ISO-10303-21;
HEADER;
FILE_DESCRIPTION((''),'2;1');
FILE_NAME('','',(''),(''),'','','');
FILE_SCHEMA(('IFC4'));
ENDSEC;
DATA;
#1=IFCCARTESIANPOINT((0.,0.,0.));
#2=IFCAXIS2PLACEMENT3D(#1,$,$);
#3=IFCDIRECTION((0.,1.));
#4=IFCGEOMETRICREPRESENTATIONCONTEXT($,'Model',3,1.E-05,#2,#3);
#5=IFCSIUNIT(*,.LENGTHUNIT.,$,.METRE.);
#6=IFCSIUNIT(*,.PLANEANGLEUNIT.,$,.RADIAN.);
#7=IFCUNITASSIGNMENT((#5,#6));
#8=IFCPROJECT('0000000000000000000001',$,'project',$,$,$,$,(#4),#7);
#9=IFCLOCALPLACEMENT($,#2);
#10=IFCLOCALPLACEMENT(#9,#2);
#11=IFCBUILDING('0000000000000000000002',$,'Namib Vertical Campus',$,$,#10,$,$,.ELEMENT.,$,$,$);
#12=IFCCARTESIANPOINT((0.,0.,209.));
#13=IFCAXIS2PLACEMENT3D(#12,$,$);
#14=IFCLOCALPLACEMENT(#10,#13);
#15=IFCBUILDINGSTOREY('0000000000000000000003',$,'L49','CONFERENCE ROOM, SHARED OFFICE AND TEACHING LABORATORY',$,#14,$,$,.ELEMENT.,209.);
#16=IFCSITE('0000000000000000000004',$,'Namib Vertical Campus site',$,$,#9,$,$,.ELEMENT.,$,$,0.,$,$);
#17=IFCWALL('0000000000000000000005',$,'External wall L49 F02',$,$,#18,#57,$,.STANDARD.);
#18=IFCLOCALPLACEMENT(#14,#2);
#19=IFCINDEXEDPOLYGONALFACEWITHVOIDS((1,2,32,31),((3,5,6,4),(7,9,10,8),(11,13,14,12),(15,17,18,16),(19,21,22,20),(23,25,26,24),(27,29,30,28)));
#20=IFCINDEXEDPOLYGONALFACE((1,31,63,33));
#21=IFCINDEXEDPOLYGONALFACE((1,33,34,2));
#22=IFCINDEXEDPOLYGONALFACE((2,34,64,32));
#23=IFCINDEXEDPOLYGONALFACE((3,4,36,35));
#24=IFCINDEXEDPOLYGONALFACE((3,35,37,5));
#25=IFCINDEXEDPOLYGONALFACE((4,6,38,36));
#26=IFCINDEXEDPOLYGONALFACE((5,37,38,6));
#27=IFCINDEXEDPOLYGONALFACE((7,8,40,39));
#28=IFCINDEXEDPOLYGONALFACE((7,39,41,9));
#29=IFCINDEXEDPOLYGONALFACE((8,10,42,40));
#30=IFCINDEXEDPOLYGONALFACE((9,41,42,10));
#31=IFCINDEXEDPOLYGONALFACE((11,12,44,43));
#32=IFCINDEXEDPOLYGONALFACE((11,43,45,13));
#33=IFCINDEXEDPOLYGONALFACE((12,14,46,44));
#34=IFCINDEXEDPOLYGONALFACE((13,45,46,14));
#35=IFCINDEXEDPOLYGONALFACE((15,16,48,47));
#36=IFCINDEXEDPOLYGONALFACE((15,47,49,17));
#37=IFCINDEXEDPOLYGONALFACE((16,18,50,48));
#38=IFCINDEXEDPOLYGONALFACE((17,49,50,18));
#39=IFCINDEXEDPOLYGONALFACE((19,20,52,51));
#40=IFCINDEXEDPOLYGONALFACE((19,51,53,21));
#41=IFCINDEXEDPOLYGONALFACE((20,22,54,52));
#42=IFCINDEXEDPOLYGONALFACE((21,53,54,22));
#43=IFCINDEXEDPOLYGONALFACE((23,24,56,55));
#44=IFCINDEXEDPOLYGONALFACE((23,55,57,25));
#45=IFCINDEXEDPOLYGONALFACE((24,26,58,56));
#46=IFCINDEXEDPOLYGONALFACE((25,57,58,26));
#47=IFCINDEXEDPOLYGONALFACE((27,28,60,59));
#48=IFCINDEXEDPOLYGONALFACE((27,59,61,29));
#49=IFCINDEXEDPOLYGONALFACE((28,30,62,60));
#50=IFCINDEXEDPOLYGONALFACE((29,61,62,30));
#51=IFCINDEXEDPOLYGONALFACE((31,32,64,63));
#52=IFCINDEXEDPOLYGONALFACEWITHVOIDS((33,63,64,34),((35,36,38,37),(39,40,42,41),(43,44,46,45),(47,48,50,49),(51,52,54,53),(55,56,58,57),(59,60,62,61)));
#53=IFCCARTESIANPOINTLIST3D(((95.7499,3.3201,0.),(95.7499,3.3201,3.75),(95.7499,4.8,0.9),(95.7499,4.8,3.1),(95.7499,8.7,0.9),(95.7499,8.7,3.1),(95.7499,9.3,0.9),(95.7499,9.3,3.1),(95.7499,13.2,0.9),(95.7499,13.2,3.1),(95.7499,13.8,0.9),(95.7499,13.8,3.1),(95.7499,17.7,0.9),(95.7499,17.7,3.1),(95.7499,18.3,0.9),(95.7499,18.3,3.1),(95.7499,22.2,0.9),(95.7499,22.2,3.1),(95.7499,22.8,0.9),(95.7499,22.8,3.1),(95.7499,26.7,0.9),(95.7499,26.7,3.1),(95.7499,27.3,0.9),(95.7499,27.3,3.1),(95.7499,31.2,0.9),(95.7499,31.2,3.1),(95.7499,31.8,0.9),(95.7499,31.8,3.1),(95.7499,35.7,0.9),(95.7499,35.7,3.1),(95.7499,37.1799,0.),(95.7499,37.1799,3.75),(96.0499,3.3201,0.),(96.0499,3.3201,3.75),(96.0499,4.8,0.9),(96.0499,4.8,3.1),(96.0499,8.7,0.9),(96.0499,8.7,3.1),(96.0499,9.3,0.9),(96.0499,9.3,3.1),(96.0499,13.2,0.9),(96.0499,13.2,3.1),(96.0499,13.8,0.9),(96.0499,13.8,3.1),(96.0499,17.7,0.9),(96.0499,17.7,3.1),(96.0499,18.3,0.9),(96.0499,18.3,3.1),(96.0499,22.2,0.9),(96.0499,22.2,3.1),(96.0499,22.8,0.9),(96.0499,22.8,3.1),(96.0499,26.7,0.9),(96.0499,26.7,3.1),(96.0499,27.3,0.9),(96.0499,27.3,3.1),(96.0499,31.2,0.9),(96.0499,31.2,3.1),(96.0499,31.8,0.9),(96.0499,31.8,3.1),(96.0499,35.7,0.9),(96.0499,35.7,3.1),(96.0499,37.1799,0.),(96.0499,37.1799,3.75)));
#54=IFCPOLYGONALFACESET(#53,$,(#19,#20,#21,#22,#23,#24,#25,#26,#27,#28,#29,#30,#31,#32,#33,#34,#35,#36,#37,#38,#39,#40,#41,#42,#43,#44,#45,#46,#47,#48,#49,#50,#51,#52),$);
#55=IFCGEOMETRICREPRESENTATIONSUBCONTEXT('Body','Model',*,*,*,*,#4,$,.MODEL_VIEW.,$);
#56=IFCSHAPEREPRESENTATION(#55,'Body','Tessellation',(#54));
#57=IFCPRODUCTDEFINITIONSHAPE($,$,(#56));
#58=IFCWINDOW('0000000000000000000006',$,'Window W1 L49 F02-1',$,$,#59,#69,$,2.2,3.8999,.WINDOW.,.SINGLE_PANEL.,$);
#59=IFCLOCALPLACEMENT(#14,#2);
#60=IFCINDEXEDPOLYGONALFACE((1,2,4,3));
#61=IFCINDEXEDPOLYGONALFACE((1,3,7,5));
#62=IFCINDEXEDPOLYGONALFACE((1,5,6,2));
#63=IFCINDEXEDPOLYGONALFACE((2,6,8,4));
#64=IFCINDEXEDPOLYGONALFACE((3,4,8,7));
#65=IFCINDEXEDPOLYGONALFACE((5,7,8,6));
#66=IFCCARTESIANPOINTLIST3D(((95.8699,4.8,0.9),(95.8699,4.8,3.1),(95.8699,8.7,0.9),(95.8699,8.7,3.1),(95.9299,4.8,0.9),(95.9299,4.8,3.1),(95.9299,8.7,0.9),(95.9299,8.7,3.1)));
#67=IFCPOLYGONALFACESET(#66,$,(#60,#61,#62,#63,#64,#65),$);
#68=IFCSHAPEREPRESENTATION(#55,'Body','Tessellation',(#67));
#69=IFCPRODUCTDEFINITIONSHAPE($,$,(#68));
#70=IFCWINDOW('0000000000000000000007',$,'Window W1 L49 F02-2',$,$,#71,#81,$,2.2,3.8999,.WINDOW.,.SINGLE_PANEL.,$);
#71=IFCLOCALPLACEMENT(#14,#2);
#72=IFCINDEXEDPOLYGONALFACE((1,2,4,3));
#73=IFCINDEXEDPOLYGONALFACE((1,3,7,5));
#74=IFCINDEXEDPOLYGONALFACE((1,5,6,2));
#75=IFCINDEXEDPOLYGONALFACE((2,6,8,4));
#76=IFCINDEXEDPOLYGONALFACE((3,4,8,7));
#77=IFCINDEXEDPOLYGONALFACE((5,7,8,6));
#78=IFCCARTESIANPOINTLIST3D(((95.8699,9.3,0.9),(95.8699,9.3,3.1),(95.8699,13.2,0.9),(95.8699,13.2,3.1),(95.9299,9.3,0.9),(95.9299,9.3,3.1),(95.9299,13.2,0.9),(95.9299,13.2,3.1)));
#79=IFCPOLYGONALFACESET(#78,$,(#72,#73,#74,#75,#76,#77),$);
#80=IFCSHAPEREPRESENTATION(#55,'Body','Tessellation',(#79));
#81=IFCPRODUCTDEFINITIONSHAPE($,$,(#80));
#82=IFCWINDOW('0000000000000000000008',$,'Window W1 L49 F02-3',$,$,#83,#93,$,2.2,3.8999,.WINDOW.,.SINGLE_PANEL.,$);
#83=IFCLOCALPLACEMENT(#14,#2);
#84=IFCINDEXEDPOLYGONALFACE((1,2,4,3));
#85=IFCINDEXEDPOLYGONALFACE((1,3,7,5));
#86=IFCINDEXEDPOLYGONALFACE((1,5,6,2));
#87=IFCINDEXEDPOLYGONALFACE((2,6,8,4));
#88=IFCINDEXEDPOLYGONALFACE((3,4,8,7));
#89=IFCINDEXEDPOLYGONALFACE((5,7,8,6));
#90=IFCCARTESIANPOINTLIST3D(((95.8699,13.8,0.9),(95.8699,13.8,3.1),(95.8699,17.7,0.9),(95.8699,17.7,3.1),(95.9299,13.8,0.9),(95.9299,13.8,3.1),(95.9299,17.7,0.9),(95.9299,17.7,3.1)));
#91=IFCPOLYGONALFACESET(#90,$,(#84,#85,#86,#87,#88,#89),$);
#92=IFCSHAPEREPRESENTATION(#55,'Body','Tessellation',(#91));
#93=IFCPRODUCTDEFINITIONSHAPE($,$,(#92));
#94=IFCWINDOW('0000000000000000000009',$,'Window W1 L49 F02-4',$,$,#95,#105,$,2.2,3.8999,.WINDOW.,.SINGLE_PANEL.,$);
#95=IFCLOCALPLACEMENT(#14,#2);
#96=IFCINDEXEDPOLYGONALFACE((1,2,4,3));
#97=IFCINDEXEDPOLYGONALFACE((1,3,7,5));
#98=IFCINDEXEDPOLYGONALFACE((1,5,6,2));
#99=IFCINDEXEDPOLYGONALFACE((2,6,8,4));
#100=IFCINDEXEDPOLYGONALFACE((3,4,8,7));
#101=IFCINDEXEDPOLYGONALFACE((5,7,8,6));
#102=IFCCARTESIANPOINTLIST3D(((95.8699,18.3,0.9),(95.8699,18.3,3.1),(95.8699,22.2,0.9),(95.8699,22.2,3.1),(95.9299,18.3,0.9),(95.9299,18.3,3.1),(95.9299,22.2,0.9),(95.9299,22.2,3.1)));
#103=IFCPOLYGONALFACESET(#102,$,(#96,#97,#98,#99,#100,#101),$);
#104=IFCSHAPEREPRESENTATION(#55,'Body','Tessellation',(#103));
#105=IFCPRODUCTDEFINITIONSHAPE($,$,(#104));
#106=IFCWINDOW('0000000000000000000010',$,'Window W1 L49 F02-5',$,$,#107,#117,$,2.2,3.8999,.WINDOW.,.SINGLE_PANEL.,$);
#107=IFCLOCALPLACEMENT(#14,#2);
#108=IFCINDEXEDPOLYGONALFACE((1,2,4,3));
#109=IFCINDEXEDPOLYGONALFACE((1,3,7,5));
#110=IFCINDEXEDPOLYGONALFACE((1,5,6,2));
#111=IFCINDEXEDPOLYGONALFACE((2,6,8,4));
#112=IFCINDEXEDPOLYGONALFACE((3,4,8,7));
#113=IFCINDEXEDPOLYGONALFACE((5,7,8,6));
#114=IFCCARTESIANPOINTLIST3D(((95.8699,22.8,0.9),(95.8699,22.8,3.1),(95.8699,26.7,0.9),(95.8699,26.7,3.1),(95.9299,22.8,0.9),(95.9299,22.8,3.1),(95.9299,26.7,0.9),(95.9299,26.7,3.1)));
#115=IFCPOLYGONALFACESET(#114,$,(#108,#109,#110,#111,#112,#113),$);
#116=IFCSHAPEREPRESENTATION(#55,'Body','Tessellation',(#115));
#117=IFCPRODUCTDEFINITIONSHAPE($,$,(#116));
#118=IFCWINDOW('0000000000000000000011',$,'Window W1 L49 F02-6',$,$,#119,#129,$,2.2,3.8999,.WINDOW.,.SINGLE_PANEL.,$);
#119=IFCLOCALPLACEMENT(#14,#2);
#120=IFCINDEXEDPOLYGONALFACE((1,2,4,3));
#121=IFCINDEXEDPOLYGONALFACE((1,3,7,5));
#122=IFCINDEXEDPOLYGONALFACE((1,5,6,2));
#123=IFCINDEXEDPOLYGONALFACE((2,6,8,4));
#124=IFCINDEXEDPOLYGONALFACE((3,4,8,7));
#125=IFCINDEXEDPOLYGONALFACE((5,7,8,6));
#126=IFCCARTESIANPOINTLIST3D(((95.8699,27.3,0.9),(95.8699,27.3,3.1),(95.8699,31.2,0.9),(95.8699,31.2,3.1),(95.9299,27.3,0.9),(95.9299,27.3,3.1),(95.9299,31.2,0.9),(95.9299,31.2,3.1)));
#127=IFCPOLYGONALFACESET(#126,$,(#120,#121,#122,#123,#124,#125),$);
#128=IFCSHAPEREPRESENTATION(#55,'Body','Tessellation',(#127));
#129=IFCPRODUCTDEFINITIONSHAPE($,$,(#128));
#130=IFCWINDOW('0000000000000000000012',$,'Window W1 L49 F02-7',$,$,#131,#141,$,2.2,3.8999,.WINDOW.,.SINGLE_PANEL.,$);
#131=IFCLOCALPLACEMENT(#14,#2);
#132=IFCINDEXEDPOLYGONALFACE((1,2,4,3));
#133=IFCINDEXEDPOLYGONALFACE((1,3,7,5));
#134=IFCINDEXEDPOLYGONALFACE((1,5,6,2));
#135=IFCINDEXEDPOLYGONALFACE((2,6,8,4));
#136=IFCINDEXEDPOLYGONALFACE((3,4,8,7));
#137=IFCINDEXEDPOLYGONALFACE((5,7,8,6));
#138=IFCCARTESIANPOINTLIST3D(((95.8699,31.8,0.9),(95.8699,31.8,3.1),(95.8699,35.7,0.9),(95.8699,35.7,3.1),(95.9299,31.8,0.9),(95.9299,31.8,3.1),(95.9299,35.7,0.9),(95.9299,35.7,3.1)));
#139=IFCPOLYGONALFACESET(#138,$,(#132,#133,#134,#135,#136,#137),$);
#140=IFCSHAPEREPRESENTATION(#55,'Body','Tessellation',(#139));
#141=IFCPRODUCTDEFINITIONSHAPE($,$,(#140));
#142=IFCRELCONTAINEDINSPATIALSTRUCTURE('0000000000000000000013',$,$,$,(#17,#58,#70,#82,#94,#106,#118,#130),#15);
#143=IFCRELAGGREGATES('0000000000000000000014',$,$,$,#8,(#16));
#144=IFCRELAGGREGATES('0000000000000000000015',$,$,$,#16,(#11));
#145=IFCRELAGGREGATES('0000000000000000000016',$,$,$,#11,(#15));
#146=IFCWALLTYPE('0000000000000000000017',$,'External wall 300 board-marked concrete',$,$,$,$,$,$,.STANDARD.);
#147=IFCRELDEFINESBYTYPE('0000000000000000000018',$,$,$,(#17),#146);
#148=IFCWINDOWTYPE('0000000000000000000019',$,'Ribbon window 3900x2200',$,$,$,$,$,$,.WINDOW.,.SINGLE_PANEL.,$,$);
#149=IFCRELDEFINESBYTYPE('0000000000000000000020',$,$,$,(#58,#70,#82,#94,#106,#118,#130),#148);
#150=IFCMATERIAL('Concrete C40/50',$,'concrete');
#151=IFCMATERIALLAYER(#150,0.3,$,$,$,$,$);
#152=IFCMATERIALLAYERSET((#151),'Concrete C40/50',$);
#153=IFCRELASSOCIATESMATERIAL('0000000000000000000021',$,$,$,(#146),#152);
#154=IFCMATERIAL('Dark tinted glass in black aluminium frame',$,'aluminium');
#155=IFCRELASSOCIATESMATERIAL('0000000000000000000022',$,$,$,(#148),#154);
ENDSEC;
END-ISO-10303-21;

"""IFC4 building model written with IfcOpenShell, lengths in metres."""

from ifc_helpers import new_model, si_unit, direction, frame, frame_2d, origin, place, context, subcontext, project, spatial, rectangle, extrude, material, layer, layer_set, type_object, element, fill, save


model = new_model("IFC4")

# Units and contexts
model_context = context("Model", 3, precision=1e-05, world=origin(), true_north=direction((0.0, 1.0)))
body_context = subcontext(model_context, "Body", "Model", "MODEL_VIEW")
ifc_project = project(units=[si_unit("LENGTHUNIT", "METRE"), si_unit("PLANEANGLEUNIT", "RADIAN")], contexts=[model_context])

# Site, building, storey
site_placement = place(None, origin())
site = spatial("IfcSite", under=ifc_project, at=site_placement, Name="Namib Vertical Campus site", CompositionType="ELEMENT", RefElevation=0.0)
building_placement = place(site_placement, origin())
building = spatial("IfcBuilding", under=site, at=building_placement, Name="Namib Vertical Campus", CompositionType="ELEMENT")
storey_placement = place(building_placement, frame((0.0, 0.0, 209.0)))
storey = spatial("IfcBuildingStorey", under=building, at=storey_placement, Name="L49", Description="CONFERENCE ROOM, SHARED OFFICE AND TEACHING LABORATORY", CompositionType="ELEMENT", Elevation=209.0)

# Wall, openings, windows
ifc_material_1 = material(Name="Concrete C40/50", Category="concrete")
ifc_layer_1 = layer(ifc_material_1, 0.3)
ifc_layer_set_1 = layer_set([ifc_layer_1], Name="Concrete C40/50")
wall_type_1 = type_object("IfcWallType", Name="External wall 300 board-marked concrete", PredefinedType="STANDARD", material=ifc_layer_set_1)
wall_1_placement = place(storey_placement, frame((95.8999, 3.3201, 0.0), z_axis=(0.0, 0.0, 1.0), x_axis=(0.0, 1.0, 0.0)))
wall_1 = element("IfcWall", 1, at=wall_1_placement, inside=storey, type_object=wall_type_1, Name="External wall L49 F02", PredefinedType="STANDARD", context=body_context, shape_type="SweptSolid", body=[
    extrude(rectangle(XDim=33.8599, YDim=0.3, at=frame_2d((16.9299, 0.0))), origin(), (0.0, 0.0, 1.0), 3.75),
])
opening_1_placement = place(wall_1_placement, frame((1.48, 0.0, 0.8999)))
opening_1 = element("IfcOpeningElement", 2, at=opening_1_placement, cuts=wall_1, PredefinedType="OPENING", context=body_context, shape_type="SweptSolid", body=[
    extrude(rectangle(XDim=3.8999, YDim=2.2, at=frame_2d((1.95, 1.1001))), frame((0.0, 0.1599, 0.0), z_axis=(0.0, -1.0, 0.0), x_axis=(1.0, 0.0, 0.0)), (0.0, 0.0, 1.0), 0.3201),
])
opening_2_placement = place(wall_1_placement, frame((5.98, 0.0, 0.8999)))
opening_2 = element("IfcOpeningElement", 3, at=opening_2_placement, cuts=wall_1, PredefinedType="OPENING", context=body_context, shape_type="SweptSolid", body=[
    extrude(rectangle(XDim=3.8999, YDim=2.2, at=frame_2d((1.95, 1.1001))), frame((0.0, 0.1599, 0.0), z_axis=(0.0, -1.0, 0.0), x_axis=(1.0, 0.0, 0.0)), (0.0, 0.0, 1.0), 0.3201),
])
opening_3_placement = place(wall_1_placement, frame((10.48, 0.0, 0.8999)))
opening_3 = element("IfcOpeningElement", 4, at=opening_3_placement, cuts=wall_1, PredefinedType="OPENING", context=body_context, shape_type="SweptSolid", body=[
    extrude(rectangle(XDim=3.8999, YDim=2.2, at=frame_2d((1.95, 1.1001))), frame((0.0, 0.1599, 0.0), z_axis=(0.0, -1.0, 0.0), x_axis=(1.0, 0.0, 0.0)), (0.0, 0.0, 1.0), 0.3201),
])
opening_4_placement = place(wall_1_placement, frame((14.98, 0.0, 0.8999)))
opening_4 = element("IfcOpeningElement", 5, at=opening_4_placement, cuts=wall_1, PredefinedType="OPENING", context=body_context, shape_type="SweptSolid", body=[
    extrude(rectangle(XDim=3.8999, YDim=2.2, at=frame_2d((1.95, 1.1001))), frame((0.0, 0.1599, 0.0), z_axis=(0.0, -1.0, 0.0), x_axis=(1.0, 0.0, 0.0)), (0.0, 0.0, 1.0), 0.3201),
])
opening_5_placement = place(wall_1_placement, frame((19.48, 0.0, 0.8999)))
opening_5 = element("IfcOpeningElement", 6, at=opening_5_placement, cuts=wall_1, PredefinedType="OPENING", context=body_context, shape_type="SweptSolid", body=[
    extrude(rectangle(XDim=3.8999, YDim=2.2, at=frame_2d((1.95, 1.1001))), frame((0.0, 0.1599, 0.0), z_axis=(0.0, -1.0, 0.0), x_axis=(1.0, 0.0, 0.0)), (0.0, 0.0, 1.0), 0.3201),
])
opening_6_placement = place(wall_1_placement, frame((23.98, 0.0, 0.8999)))
opening_6 = element("IfcOpeningElement", 7, at=opening_6_placement, cuts=wall_1, PredefinedType="OPENING", context=body_context, shape_type="SweptSolid", body=[
    extrude(rectangle(XDim=3.8999, YDim=2.2, at=frame_2d((1.95, 1.1001))), frame((0.0, 0.1599, 0.0), z_axis=(0.0, -1.0, 0.0), x_axis=(1.0, 0.0, 0.0)), (0.0, 0.0, 1.0), 0.3201),
])
opening_7_placement = place(wall_1_placement, frame((28.48, 0.0, 0.8999)))
opening_7 = element("IfcOpeningElement", 8, at=opening_7_placement, cuts=wall_1, PredefinedType="OPENING", context=body_context, shape_type="SweptSolid", body=[
    extrude(rectangle(XDim=3.8999, YDim=2.2, at=frame_2d((1.95, 1.1001))), frame((0.0, 0.1599, 0.0), z_axis=(0.0, -1.0, 0.0), x_axis=(1.0, 0.0, 0.0)), (0.0, 0.0, 1.0), 0.3201),
])
ifc_material_2 = material(Name="Dark tinted glass in black aluminium frame", Category="aluminium")
window_type = type_object("IfcWindowType", Name="Ribbon window 3900x2200", PartitioningType="SINGLE_PANEL", PredefinedType="WINDOW", material=ifc_material_2)
window_1_placement = place(opening_1_placement, origin())
window_1 = element("IfcWindow", 9, at=window_1_placement, inside=storey, type_object=window_type, Name="Window W1 L49 F02-1", OverallHeight=2.2, OverallWidth=3.8999, PartitioningType="SINGLE_PANEL", PredefinedType="WINDOW", context=body_context, shape_type="SweptSolid", body=[
    extrude(rectangle(XDim=3.8999, YDim=2.2, at=frame_2d((1.95, 1.1001))), frame((0.0, 0.03, 0.0), z_axis=(0.0, -1.0, 0.0), x_axis=(1.0, 0.0, 0.0)), (0.0, 0.0, 1.0), 0.0601),
])
fill(opening_1, window_1)
window_2_placement = place(opening_2_placement, origin())
window_2 = element("IfcWindow", 10, at=window_2_placement, inside=storey, type_object=window_type, Name="Window W1 L49 F02-2", OverallHeight=2.2, OverallWidth=3.8999, PartitioningType="SINGLE_PANEL", PredefinedType="WINDOW", context=body_context, shape_type="SweptSolid", body=[
    extrude(rectangle(XDim=3.8999, YDim=2.2, at=frame_2d((1.95, 1.1001))), frame((0.0, 0.03, 0.0), z_axis=(0.0, -1.0, 0.0), x_axis=(1.0, 0.0, 0.0)), (0.0, 0.0, 1.0), 0.0601),
])
fill(opening_2, window_2)
window_3_placement = place(opening_3_placement, origin())
window_3 = element("IfcWindow", 11, at=window_3_placement, inside=storey, type_object=window_type, Name="Window W1 L49 F02-3", OverallHeight=2.2, OverallWidth=3.8999, PartitioningType="SINGLE_PANEL", PredefinedType="WINDOW", context=body_context, shape_type="SweptSolid", body=[
    extrude(rectangle(XDim=3.8999, YDim=2.2, at=frame_2d((1.95, 1.1001))), frame((0.0, 0.03, 0.0), z_axis=(0.0, -1.0, 0.0), x_axis=(1.0, 0.0, 0.0)), (0.0, 0.0, 1.0), 0.0601),
])
fill(opening_3, window_3)
window_4_placement = place(opening_4_placement, origin())
window_4 = element("IfcWindow", 12, at=window_4_placement, inside=storey, type_object=window_type, Name="Window W1 L49 F02-4", OverallHeight=2.2, OverallWidth=3.8999, PartitioningType="SINGLE_PANEL", PredefinedType="WINDOW", context=body_context, shape_type="SweptSolid", body=[
    extrude(rectangle(XDim=3.8999, YDim=2.2, at=frame_2d((1.95, 1.1001))), frame((0.0, 0.03, 0.0), z_axis=(0.0, -1.0, 0.0), x_axis=(1.0, 0.0, 0.0)), (0.0, 0.0, 1.0), 0.0601),
])
fill(opening_4, window_4)
window_5_placement = place(opening_5_placement, origin())
window_5 = element("IfcWindow", 13, at=window_5_placement, inside=storey, type_object=window_type, Name="Window W1 L49 F02-5", OverallHeight=2.2, OverallWidth=3.8999, PartitioningType="SINGLE_PANEL", PredefinedType="WINDOW", context=body_context, shape_type="SweptSolid", body=[
    extrude(rectangle(XDim=3.8999, YDim=2.2, at=frame_2d((1.95, 1.1001))), frame((0.0, 0.03, 0.0), z_axis=(0.0, -1.0, 0.0), x_axis=(1.0, 0.0, 0.0)), (0.0, 0.0, 1.0), 0.0601),
])
fill(opening_5, window_5)
window_6_placement = place(opening_6_placement, origin())
window_6 = element("IfcWindow", 14, at=window_6_placement, inside=storey, type_object=window_type, Name="Window W1 L49 F02-6", OverallHeight=2.2, OverallWidth=3.8999, PartitioningType="SINGLE_PANEL", PredefinedType="WINDOW", context=body_context, shape_type="SweptSolid", body=[
    extrude(rectangle(XDim=3.8999, YDim=2.2, at=frame_2d((1.95, 1.1001))), frame((0.0, 0.03, 0.0), z_axis=(0.0, -1.0, 0.0), x_axis=(1.0, 0.0, 0.0)), (0.0, 0.0, 1.0), 0.0601),
])
fill(opening_6, window_6)
window_7_placement = place(opening_7_placement, origin())
window_7 = element("IfcWindow", 15, at=window_7_placement, inside=storey, type_object=window_type, Name="Window W1 L49 F02-7", OverallHeight=2.2, OverallWidth=3.8999, PartitioningType="SINGLE_PANEL", PredefinedType="WINDOW", context=body_context, shape_type="SweptSolid", body=[
    extrude(rectangle(XDim=3.8999, YDim=2.2, at=frame_2d((1.95, 1.1001))), frame((0.0, 0.03, 0.0), z_axis=(0.0, -1.0, 0.0), x_axis=(1.0, 0.0, 0.0)), (0.0, 0.0, 1.0), 0.0601),
])
fill(opening_7, window_7)

save(model, "model.ifc")
